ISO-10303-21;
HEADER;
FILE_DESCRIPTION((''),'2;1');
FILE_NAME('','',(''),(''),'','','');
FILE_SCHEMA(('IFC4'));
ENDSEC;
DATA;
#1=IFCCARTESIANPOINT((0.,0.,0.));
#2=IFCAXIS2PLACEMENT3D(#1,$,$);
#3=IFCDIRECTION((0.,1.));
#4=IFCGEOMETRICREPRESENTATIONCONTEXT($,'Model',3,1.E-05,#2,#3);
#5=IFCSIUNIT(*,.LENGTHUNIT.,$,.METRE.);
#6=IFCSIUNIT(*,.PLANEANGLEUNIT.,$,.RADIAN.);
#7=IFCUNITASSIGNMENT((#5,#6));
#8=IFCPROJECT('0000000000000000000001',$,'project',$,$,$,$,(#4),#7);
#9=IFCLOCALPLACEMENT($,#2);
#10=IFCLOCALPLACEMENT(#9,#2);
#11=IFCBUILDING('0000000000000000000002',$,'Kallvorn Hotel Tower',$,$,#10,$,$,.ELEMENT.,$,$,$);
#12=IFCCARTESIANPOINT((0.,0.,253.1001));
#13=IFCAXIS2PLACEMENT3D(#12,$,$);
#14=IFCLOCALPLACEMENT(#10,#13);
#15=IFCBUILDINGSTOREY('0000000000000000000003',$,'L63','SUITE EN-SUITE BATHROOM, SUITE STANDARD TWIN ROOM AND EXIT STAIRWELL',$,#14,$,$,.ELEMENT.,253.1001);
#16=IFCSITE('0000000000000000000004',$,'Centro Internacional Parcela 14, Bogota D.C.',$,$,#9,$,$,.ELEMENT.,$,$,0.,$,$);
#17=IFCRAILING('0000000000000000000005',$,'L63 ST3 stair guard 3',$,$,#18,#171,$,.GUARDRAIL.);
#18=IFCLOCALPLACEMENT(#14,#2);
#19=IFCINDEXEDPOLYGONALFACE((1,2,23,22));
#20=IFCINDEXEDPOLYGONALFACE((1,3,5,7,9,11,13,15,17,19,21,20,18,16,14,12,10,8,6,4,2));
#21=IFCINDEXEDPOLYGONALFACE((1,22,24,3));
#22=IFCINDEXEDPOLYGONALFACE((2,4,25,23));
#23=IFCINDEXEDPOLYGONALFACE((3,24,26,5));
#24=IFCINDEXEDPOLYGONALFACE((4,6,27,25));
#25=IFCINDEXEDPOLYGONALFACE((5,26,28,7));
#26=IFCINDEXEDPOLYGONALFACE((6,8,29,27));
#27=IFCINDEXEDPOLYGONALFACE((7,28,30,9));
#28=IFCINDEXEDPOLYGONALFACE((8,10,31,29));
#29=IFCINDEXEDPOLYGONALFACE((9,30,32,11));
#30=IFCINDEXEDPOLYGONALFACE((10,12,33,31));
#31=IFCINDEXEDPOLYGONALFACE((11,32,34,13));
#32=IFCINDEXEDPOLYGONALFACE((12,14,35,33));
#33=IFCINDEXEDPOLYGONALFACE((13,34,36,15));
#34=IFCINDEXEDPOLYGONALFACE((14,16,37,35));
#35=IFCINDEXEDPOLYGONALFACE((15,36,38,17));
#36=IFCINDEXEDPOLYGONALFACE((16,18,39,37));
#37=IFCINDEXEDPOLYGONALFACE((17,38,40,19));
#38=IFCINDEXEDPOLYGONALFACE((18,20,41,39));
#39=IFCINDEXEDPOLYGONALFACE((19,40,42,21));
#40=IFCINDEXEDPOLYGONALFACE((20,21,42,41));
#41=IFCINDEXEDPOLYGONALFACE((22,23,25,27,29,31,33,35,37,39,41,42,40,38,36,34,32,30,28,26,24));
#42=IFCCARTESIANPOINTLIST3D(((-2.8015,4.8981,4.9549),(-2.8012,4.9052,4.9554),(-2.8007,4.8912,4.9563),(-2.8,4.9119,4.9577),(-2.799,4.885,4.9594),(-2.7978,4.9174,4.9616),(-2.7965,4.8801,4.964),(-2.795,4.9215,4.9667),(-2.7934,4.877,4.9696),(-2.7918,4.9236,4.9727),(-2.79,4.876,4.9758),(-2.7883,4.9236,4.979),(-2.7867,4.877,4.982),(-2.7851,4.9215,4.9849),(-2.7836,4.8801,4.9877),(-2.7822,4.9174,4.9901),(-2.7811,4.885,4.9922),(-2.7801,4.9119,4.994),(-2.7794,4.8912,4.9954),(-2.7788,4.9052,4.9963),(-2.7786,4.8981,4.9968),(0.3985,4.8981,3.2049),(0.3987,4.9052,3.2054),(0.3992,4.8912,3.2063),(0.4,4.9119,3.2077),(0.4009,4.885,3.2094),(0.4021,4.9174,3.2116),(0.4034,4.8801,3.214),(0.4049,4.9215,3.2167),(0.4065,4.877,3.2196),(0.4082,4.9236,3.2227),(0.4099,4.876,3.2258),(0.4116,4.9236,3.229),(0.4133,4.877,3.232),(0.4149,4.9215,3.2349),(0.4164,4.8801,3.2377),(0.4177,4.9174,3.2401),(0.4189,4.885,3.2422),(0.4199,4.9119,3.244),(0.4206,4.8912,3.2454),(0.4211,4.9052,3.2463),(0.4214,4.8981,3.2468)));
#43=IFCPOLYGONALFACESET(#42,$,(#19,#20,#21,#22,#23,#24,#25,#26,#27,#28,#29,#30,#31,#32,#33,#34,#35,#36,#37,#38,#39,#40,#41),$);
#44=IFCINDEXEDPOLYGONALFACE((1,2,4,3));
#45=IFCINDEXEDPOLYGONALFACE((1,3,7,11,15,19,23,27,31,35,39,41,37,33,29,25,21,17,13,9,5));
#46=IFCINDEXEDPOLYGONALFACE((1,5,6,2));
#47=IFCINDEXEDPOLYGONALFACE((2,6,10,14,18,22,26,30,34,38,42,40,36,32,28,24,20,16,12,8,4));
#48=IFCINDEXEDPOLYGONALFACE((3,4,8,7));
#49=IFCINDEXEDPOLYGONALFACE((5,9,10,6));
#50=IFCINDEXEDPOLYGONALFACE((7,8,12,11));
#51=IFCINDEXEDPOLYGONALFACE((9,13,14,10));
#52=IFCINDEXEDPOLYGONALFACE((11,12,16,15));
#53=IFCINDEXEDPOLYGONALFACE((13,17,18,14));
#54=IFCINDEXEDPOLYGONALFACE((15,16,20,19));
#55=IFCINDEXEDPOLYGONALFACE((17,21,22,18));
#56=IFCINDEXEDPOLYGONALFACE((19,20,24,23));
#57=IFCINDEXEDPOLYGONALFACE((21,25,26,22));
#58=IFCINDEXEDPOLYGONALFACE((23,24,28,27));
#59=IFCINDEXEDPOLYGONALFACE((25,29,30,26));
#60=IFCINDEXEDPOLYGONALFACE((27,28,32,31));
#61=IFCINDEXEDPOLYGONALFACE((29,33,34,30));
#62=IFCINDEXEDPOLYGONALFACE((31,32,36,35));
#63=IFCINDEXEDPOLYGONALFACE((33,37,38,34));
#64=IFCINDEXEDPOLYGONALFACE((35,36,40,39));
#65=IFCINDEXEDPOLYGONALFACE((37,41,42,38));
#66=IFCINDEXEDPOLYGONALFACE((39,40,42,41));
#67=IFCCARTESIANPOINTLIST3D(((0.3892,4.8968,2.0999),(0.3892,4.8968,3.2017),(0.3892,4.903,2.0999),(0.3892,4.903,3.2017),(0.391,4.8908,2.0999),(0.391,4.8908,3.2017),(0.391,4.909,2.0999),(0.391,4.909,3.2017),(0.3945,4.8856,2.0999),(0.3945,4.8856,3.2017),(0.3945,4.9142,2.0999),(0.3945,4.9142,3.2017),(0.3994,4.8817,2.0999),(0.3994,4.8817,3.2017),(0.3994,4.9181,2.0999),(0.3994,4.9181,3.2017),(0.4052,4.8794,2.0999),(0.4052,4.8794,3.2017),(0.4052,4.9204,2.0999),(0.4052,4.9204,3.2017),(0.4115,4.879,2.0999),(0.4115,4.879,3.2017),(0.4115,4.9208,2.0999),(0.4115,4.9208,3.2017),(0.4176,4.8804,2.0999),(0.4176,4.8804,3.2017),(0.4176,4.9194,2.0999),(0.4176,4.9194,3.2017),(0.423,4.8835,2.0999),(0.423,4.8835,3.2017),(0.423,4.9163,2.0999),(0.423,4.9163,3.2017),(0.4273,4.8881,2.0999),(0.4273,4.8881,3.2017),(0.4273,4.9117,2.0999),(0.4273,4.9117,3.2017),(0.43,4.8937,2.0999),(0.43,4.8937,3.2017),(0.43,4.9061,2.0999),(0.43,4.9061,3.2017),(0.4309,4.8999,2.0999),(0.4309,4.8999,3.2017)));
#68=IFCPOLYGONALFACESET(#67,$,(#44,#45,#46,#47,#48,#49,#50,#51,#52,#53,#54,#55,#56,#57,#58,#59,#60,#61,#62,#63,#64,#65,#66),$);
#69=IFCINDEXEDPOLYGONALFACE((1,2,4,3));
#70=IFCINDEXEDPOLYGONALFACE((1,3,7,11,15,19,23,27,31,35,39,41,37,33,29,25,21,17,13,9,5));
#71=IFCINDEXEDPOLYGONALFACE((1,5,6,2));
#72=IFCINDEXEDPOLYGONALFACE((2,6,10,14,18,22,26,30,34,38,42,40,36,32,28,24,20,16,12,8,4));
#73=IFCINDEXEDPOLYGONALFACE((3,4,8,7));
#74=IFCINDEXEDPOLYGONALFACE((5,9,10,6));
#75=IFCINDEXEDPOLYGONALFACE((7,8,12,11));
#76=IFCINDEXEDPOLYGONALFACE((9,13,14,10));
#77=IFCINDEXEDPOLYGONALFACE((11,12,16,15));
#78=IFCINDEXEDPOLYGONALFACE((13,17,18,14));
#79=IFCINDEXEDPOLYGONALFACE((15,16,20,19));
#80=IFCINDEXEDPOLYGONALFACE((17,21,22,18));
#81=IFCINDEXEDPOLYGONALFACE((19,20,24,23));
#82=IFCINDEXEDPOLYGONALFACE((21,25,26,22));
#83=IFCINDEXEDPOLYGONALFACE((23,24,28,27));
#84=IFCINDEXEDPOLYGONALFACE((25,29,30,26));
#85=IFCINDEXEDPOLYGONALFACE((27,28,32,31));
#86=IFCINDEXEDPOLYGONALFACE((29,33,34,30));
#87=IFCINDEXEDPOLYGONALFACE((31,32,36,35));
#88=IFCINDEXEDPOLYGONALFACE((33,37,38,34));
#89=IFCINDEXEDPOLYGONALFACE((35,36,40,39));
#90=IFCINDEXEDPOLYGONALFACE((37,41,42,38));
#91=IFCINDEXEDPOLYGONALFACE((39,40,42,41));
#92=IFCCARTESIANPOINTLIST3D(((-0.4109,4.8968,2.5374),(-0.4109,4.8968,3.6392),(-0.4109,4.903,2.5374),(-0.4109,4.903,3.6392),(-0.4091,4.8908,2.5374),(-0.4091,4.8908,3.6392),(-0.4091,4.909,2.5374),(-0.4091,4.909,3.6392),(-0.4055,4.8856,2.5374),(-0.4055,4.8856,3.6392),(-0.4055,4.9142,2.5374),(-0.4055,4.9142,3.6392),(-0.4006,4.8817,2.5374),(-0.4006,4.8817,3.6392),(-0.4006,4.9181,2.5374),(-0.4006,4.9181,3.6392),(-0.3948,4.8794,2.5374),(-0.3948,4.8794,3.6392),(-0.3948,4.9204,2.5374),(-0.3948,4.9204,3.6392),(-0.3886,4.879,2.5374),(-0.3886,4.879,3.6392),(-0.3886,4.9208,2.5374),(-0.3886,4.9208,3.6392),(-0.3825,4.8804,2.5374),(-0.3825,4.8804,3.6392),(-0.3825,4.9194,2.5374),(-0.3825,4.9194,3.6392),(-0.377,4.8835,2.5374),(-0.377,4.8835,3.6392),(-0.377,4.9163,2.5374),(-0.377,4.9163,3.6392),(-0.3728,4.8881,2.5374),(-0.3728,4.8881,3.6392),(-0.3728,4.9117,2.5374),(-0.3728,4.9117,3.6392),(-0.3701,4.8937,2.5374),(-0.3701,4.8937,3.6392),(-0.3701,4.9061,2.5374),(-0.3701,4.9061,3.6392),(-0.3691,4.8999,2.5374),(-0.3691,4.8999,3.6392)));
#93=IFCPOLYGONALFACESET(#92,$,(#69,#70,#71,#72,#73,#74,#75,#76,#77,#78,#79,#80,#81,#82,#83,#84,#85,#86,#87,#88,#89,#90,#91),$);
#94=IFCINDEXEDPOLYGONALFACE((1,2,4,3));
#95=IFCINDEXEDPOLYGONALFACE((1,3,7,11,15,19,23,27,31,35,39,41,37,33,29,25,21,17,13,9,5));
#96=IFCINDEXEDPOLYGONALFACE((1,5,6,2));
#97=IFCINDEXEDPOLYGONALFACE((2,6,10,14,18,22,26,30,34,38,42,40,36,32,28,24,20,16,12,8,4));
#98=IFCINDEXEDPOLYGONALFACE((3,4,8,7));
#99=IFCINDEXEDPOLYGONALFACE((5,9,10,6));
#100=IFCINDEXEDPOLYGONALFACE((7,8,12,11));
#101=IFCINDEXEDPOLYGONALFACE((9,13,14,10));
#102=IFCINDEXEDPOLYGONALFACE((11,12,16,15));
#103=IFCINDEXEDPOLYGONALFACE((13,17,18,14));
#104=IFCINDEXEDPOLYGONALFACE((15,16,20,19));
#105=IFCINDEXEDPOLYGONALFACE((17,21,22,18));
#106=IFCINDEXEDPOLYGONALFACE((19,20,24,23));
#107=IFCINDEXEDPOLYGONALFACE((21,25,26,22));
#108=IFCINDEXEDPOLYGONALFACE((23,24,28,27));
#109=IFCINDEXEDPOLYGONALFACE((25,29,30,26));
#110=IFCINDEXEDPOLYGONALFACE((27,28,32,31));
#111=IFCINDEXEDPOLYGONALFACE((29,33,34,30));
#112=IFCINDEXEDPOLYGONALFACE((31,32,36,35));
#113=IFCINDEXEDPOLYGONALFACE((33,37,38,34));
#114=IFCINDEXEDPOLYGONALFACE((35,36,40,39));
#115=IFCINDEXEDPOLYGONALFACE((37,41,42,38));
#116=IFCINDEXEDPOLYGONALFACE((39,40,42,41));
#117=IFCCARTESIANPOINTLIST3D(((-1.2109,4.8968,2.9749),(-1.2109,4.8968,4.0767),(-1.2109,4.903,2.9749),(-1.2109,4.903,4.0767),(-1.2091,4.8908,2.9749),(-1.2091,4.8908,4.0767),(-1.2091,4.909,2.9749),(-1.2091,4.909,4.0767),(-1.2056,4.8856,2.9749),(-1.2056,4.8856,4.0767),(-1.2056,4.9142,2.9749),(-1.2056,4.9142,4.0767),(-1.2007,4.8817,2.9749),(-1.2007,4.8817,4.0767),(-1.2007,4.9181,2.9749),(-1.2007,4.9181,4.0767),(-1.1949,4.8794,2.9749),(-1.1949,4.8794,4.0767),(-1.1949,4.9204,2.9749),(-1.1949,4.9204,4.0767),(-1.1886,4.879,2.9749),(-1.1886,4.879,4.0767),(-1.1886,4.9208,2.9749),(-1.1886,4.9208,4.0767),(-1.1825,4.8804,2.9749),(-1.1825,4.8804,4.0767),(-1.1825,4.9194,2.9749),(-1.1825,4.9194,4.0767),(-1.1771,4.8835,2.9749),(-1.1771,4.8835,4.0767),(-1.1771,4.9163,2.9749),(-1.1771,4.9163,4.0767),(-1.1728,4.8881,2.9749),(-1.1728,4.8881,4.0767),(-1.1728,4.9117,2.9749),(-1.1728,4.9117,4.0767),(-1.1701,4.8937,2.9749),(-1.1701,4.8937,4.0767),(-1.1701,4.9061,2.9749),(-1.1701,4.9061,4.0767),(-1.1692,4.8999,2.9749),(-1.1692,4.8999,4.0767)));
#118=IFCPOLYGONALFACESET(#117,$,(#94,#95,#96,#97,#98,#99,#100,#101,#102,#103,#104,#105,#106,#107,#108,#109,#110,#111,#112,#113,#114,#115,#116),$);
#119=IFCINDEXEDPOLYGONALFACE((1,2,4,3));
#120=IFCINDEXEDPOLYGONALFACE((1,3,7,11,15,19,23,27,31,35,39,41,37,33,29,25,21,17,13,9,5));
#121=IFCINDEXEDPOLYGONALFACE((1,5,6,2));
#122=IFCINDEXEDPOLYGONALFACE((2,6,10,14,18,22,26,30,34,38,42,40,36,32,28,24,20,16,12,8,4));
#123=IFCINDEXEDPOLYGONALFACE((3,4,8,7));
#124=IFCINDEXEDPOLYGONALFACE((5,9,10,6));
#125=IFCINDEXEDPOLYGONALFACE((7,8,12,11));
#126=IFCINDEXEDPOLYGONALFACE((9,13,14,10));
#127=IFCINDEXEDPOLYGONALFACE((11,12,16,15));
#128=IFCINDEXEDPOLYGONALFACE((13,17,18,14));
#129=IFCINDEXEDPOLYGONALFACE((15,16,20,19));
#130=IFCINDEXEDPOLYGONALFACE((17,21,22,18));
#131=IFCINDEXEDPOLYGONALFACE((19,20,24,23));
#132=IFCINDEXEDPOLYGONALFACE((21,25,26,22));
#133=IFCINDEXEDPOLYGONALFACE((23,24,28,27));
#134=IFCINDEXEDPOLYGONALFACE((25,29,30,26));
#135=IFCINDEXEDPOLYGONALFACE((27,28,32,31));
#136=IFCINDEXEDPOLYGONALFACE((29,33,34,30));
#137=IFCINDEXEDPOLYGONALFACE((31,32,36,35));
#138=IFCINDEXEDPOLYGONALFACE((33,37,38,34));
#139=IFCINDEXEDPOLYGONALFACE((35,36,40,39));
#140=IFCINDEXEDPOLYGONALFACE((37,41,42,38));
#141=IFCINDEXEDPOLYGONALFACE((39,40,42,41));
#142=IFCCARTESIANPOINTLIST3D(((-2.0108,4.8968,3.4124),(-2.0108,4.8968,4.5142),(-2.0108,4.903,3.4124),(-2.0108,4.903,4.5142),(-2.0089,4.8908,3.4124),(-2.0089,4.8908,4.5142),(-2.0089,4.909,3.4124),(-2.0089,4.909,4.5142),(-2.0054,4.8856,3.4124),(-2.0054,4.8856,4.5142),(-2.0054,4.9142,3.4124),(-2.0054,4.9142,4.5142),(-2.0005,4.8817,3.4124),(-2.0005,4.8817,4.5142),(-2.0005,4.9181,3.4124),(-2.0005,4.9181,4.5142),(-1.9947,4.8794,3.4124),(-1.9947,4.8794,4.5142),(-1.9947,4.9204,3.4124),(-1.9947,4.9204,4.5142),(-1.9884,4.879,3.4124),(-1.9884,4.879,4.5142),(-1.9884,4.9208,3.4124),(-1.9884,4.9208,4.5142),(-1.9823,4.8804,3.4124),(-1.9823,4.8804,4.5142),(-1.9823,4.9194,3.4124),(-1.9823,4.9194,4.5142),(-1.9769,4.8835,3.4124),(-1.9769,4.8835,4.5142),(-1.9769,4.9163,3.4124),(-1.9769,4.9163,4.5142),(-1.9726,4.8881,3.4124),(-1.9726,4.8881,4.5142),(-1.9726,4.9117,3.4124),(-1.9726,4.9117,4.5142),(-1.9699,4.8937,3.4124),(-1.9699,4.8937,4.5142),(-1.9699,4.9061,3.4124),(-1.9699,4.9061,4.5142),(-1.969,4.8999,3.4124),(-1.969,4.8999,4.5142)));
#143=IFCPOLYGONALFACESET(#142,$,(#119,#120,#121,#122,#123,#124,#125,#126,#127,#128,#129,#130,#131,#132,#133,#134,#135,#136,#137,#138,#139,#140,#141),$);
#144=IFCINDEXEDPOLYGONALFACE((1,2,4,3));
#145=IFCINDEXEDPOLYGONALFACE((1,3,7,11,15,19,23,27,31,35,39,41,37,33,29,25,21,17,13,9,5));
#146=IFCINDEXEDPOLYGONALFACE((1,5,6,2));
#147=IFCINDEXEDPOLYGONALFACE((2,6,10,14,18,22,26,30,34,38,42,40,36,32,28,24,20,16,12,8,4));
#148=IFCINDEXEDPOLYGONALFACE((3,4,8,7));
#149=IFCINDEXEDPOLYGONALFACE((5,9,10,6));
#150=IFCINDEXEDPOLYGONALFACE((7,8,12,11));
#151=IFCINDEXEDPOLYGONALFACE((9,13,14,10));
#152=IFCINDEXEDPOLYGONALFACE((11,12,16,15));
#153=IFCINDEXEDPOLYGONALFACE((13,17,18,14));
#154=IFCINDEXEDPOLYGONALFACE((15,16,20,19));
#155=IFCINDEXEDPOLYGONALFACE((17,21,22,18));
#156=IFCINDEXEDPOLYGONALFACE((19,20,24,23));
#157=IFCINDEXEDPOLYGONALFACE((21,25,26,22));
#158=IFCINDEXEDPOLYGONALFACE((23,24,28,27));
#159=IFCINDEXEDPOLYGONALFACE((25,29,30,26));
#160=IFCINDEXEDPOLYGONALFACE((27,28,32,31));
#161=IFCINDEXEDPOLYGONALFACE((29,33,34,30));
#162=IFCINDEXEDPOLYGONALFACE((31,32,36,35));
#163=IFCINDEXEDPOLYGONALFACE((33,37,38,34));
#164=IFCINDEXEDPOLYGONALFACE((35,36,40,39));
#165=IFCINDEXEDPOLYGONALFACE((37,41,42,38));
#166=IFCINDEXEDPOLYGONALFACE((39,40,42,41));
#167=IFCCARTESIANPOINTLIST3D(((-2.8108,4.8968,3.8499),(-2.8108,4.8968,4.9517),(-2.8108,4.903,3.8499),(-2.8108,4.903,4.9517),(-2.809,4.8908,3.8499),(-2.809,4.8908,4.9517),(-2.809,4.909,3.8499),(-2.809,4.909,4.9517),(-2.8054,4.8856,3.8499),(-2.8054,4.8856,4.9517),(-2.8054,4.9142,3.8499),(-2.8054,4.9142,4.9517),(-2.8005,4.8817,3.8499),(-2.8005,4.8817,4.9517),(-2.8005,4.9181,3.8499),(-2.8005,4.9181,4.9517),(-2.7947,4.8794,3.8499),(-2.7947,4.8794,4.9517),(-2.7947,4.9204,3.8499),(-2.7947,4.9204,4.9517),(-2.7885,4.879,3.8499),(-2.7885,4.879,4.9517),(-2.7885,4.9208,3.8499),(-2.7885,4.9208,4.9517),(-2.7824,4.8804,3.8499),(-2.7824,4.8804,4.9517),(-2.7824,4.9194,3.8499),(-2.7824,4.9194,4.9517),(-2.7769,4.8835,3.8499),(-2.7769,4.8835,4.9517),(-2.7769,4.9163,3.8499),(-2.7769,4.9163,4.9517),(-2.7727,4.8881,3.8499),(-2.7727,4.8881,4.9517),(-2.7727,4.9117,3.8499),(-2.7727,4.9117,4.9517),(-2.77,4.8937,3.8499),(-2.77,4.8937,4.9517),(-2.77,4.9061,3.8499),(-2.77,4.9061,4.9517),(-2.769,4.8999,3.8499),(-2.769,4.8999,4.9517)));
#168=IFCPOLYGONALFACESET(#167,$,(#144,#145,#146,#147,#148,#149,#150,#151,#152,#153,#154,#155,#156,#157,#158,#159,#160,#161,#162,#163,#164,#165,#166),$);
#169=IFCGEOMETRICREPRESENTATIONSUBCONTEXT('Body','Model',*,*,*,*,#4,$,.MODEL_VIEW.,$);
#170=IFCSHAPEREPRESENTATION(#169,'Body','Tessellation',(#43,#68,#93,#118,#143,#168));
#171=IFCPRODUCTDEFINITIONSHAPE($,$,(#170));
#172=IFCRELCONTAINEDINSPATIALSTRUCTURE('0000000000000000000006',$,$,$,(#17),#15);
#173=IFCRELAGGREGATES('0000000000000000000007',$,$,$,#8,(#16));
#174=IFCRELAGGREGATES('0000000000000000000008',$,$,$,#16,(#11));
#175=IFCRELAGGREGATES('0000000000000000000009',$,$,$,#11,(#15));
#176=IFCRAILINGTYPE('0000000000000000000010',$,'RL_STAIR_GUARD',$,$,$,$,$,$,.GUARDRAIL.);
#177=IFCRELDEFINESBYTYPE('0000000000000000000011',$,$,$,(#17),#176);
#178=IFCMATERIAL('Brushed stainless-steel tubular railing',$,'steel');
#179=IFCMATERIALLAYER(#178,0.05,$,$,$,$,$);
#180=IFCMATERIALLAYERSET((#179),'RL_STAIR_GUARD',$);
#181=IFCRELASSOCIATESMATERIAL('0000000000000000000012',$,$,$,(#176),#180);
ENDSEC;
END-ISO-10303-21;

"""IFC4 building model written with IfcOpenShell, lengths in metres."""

from ifc_helpers import new_model, si_unit, direction, frame, origin, origin_2d, place, context, subcontext, project, spatial, circle, extrude, material, layer, layer_set, type_object, element, save


model = new_model("IFC4")

# Units and contexts
model_context = context("Model", 3, precision=1e-05, world=origin(), true_north=direction((0.0, 1.0)))
body_context = subcontext(model_context, "Body", "Model", "MODEL_VIEW")
ifc_project = project(units=[si_unit("LENGTHUNIT", "METRE"), si_unit("PLANEANGLEUNIT", "RADIAN")], contexts=[model_context])

# Site, building, storey
site_placement = place(None, origin())
site = spatial("IfcSite", under=ifc_project, at=site_placement, Name="Centro Internacional Parcela 14, Bogota D.C.", CompositionType="ELEMENT", RefElevation=0.0)
building_placement = place(site_placement, origin())
building = spatial("IfcBuilding", under=site, at=building_placement, Name="Kallvorn Hotel Tower", CompositionType="ELEMENT")
storey_placement = place(building_placement, frame((0.0, 0.0, 253.1001)))
storey = spatial("IfcBuildingStorey", under=building, at=storey_placement, Name="L63", Description="SUITE EN-SUITE BATHROOM, SUITE STANDARD TWIN ROOM AND EXIT STAIRWELL", CompositionType="ELEMENT", Elevation=253.1001)

# Railing
ifc_material_1 = material(Name="Brushed stainless-steel tubular railing", Category="steel")
ifc_layer_1 = layer(ifc_material_1, 0.05)
ifc_layer_set_1 = layer_set([ifc_layer_1], Name="RL_STAIR_GUARD")
railing_type_1 = type_object("IfcRailingType", Name="RL_STAIR_GUARD", PredefinedType="GUARDRAIL", material=ifc_layer_set_1)
railing_1_placement = place(storey_placement, frame((0.4099, 4.8999, 2.0999)))
element("IfcRailing", 1, at=railing_1_placement, inside=storey, type_object=railing_type_1, Name="L63 ST3 stair guard 3", PredefinedType="GUARDRAIL", context=body_context, shape_type="SweptSolid", body=[
    extrude(circle(Radius=0.0239, at=origin_2d()), frame((0.0, 0.0, 1.126), z_axis=(-0.877368, 0.0, 0.479818), x_axis=(0.0, -1.0, 0.0)), (0.0, 0.0, 1.0), 3.6472),
    extrude(circle(Radius=0.021, at=origin_2d()), origin(), (0.0, 0.0, 1.0), 1.1018),
    extrude(circle(Radius=0.021, at=origin_2d()), frame((-0.8, 0.0, 0.4375)), (0.0, 0.0, 1.0), 1.1018),
    extrude(circle(Radius=0.021, at=origin_2d()), frame((-1.6001, 0.0, 0.875)), (0.0, 0.0, 1.0), 1.1018),
    extrude(circle(Radius=0.021, at=origin_2d()), frame((-2.3999, 0.0, 1.3125)), (0.0, 0.0, 1.0), 1.1018),
    extrude(circle(Radius=0.021, at=origin_2d()), frame((-3.2, 0.0, 1.75)), (0.0, 0.0, 1.0), 1.1018),
])

save(model, "model.ifc")
